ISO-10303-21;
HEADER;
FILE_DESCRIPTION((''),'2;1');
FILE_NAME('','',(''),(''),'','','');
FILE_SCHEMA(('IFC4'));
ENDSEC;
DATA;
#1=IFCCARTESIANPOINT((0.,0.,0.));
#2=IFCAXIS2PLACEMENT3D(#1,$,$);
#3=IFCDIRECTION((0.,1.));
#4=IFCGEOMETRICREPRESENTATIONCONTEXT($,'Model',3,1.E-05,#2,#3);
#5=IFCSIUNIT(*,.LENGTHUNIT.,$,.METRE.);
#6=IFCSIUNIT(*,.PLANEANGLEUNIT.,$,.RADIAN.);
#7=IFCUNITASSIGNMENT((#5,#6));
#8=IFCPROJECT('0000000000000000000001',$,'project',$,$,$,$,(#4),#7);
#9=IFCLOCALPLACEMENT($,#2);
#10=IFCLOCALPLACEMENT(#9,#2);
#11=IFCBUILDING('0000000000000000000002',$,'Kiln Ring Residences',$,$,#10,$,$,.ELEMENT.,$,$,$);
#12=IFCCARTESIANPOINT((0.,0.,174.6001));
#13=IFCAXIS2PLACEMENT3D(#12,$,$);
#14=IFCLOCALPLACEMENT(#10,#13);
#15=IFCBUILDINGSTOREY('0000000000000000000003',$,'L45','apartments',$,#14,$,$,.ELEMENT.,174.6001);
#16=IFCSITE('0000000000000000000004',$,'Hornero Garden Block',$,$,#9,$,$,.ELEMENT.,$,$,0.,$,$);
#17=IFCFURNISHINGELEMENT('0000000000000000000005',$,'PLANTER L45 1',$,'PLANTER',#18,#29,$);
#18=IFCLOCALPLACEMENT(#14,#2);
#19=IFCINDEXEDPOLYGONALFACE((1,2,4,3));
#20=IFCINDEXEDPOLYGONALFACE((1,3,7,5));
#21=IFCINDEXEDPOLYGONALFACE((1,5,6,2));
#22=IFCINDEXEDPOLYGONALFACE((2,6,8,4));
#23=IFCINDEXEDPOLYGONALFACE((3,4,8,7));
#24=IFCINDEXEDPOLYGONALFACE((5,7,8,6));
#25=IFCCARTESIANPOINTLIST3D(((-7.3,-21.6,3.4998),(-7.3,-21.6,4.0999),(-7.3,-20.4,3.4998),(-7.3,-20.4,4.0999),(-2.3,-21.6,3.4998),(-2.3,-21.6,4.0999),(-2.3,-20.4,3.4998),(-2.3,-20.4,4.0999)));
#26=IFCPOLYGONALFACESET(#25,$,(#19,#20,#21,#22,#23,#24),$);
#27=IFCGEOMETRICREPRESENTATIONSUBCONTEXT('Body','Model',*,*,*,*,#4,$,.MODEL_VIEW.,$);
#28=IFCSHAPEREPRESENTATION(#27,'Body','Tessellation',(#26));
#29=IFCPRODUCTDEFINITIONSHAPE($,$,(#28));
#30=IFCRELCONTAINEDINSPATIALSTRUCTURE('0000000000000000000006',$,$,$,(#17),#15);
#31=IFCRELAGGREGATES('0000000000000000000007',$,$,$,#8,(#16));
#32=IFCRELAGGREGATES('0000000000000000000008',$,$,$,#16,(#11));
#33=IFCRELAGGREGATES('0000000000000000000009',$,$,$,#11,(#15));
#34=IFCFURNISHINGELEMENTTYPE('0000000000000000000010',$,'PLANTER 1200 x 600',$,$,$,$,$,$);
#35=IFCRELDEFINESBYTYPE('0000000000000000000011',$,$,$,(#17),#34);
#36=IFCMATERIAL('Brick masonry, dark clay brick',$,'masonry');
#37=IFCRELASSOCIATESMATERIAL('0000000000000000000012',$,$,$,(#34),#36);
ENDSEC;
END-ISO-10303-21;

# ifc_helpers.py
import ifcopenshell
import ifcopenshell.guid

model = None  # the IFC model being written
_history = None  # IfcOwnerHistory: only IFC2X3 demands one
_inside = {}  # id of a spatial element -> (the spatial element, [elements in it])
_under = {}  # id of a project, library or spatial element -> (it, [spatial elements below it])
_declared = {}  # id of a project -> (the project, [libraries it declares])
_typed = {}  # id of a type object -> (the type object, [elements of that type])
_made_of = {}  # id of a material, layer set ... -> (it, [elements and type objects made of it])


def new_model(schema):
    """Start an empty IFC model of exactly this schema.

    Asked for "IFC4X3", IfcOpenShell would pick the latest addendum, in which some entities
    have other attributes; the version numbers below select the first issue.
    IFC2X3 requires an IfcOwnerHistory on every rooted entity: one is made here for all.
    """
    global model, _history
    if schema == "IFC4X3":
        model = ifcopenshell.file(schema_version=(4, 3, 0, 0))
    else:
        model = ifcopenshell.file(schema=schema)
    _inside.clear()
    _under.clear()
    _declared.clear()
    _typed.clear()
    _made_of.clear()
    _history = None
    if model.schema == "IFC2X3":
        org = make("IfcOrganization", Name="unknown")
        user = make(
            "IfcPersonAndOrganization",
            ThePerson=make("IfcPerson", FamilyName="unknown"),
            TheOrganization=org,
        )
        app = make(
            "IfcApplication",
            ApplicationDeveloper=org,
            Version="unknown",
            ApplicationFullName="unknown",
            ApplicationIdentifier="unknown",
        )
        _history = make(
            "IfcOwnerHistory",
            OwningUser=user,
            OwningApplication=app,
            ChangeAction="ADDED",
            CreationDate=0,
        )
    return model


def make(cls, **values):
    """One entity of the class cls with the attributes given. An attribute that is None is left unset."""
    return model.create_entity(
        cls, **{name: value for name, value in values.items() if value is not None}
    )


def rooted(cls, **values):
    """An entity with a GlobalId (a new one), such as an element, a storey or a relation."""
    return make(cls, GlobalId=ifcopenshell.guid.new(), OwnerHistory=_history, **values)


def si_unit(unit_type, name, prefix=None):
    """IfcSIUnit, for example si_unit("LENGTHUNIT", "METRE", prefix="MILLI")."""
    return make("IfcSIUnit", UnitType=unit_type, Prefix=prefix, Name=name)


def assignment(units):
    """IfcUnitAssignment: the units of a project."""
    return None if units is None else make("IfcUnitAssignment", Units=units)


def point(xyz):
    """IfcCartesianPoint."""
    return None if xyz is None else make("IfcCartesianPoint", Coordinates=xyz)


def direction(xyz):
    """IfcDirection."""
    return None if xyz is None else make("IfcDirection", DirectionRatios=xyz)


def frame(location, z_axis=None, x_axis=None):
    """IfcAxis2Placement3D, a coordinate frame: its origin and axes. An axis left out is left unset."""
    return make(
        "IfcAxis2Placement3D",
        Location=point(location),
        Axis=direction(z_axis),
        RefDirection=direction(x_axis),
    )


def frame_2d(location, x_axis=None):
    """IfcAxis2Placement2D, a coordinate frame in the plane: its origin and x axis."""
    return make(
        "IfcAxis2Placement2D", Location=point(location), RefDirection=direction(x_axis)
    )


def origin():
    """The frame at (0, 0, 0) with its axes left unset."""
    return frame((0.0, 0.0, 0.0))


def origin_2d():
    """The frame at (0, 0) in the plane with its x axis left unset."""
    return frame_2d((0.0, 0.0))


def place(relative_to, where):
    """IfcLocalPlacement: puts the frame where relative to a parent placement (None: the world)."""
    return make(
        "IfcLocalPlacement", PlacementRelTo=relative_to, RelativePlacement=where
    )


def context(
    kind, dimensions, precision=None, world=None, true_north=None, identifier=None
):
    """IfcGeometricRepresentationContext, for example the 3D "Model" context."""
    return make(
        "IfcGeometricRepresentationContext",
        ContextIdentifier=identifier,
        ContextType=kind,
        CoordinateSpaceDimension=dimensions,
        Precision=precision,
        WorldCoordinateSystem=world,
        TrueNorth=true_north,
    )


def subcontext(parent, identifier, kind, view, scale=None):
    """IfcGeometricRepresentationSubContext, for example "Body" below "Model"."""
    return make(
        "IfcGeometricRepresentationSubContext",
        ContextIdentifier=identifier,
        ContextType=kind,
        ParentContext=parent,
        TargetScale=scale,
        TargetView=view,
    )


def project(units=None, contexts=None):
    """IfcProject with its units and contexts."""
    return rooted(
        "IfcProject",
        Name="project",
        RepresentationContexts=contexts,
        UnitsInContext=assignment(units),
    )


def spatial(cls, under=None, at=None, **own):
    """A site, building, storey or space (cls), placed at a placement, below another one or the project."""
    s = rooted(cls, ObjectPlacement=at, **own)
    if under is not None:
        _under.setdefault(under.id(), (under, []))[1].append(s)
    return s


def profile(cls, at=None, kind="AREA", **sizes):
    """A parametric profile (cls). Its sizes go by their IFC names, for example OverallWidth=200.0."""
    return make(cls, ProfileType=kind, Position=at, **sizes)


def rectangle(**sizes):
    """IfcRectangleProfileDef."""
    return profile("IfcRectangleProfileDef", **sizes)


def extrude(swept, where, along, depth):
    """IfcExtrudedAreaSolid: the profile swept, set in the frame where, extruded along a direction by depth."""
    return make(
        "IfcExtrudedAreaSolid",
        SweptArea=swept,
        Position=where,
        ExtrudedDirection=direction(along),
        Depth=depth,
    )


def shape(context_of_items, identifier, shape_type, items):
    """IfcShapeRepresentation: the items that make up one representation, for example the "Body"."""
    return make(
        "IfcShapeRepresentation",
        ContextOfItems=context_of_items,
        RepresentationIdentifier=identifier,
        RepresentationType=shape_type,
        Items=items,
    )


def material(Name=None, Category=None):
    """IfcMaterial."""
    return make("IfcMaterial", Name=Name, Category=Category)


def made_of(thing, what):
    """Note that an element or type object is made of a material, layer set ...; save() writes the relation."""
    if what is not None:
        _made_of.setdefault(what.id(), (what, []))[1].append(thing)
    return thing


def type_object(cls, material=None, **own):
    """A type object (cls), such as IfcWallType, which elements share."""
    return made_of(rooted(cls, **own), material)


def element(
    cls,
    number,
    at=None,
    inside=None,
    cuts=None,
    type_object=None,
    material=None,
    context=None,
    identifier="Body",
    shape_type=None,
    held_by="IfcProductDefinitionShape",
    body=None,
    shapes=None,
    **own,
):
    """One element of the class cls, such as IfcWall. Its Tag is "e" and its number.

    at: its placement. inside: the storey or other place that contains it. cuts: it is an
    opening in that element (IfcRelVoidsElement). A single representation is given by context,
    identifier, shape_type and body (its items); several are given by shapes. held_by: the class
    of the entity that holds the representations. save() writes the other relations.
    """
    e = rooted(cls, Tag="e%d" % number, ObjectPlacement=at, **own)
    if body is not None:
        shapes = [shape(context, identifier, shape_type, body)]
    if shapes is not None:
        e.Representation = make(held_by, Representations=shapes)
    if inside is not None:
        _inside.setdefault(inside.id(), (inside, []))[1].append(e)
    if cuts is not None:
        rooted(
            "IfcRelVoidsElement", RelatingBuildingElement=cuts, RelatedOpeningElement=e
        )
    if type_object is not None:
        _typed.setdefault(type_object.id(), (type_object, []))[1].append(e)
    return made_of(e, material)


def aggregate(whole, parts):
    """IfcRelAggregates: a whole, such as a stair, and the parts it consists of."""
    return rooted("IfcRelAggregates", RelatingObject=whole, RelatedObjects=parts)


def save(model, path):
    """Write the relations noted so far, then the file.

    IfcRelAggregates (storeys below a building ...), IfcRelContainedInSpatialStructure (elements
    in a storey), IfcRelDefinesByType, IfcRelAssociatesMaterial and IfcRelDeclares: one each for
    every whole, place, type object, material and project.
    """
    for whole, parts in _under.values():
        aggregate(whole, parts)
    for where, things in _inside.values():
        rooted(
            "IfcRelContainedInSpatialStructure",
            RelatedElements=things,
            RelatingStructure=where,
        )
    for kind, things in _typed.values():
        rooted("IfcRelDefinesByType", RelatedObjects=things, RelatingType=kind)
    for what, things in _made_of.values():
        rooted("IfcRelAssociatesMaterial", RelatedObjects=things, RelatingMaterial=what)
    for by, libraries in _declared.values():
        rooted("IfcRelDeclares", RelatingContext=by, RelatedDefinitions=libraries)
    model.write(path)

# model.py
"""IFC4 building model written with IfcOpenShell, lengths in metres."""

from ifc_helpers import new_model, si_unit, direction, frame, origin, origin_2d, place, context, subcontext, project, spatial, rectangle, extrude, material, type_object, element, save


model = new_model("IFC4")

# Units and contexts
model_context = context("Model", 3, precision=1e-05, world=origin(), true_north=direction((0.0, 1.0)))
body_context = subcontext(model_context, "Body", "Model", "MODEL_VIEW")
ifc_project = project(units=[si_unit("LENGTHUNIT", "METRE"), si_unit("PLANEANGLEUNIT", "RADIAN")], contexts=[model_context])

# Site, building, storey
site_placement = place(None, origin())
site = spatial("IfcSite", under=ifc_project, at=site_placement, Name="Hornero Garden Block", CompositionType="ELEMENT", RefElevation=0.0)
building_placement = place(site_placement, origin())
building = spatial("IfcBuilding", under=site, at=building_placement, Name="Kiln Ring Residences", CompositionType="ELEMENT")
storey_placement = place(building_placement, frame((0.0, 0.0, 174.6001)))
storey = spatial("IfcBuildingStorey", under=building, at=storey_placement, Name="L45", Description="apartments", CompositionType="ELEMENT", Elevation=174.6001)

# Furnishing element
ifc_material_1 = material(Name="Brick masonry, dark clay brick", Category="masonry")
furnishing_element_type = type_object("IfcFurnishingElementType", Name="PLANTER 1200 x 600", material=ifc_material_1)
furnishing_placement = place(storey_placement, frame((-4.8, -21.0, 3.4998), z_axis=(0.0, 0.0, 1.0), x_axis=(1.0, 0.0, 0.0)))
element("IfcFurnishingElement", 1, at=furnishing_placement, inside=storey, type_object=furnishing_element_type, Name="PLANTER L45 1", ObjectType="PLANTER", context=body_context, shape_type="SweptSolid", body=[
    extrude(rectangle(XDim=5.0, YDim=1.2, at=origin_2d()), origin(), (0.0, 0.0, 1.0), 0.6001),
])

save(model, "model.ifc")
